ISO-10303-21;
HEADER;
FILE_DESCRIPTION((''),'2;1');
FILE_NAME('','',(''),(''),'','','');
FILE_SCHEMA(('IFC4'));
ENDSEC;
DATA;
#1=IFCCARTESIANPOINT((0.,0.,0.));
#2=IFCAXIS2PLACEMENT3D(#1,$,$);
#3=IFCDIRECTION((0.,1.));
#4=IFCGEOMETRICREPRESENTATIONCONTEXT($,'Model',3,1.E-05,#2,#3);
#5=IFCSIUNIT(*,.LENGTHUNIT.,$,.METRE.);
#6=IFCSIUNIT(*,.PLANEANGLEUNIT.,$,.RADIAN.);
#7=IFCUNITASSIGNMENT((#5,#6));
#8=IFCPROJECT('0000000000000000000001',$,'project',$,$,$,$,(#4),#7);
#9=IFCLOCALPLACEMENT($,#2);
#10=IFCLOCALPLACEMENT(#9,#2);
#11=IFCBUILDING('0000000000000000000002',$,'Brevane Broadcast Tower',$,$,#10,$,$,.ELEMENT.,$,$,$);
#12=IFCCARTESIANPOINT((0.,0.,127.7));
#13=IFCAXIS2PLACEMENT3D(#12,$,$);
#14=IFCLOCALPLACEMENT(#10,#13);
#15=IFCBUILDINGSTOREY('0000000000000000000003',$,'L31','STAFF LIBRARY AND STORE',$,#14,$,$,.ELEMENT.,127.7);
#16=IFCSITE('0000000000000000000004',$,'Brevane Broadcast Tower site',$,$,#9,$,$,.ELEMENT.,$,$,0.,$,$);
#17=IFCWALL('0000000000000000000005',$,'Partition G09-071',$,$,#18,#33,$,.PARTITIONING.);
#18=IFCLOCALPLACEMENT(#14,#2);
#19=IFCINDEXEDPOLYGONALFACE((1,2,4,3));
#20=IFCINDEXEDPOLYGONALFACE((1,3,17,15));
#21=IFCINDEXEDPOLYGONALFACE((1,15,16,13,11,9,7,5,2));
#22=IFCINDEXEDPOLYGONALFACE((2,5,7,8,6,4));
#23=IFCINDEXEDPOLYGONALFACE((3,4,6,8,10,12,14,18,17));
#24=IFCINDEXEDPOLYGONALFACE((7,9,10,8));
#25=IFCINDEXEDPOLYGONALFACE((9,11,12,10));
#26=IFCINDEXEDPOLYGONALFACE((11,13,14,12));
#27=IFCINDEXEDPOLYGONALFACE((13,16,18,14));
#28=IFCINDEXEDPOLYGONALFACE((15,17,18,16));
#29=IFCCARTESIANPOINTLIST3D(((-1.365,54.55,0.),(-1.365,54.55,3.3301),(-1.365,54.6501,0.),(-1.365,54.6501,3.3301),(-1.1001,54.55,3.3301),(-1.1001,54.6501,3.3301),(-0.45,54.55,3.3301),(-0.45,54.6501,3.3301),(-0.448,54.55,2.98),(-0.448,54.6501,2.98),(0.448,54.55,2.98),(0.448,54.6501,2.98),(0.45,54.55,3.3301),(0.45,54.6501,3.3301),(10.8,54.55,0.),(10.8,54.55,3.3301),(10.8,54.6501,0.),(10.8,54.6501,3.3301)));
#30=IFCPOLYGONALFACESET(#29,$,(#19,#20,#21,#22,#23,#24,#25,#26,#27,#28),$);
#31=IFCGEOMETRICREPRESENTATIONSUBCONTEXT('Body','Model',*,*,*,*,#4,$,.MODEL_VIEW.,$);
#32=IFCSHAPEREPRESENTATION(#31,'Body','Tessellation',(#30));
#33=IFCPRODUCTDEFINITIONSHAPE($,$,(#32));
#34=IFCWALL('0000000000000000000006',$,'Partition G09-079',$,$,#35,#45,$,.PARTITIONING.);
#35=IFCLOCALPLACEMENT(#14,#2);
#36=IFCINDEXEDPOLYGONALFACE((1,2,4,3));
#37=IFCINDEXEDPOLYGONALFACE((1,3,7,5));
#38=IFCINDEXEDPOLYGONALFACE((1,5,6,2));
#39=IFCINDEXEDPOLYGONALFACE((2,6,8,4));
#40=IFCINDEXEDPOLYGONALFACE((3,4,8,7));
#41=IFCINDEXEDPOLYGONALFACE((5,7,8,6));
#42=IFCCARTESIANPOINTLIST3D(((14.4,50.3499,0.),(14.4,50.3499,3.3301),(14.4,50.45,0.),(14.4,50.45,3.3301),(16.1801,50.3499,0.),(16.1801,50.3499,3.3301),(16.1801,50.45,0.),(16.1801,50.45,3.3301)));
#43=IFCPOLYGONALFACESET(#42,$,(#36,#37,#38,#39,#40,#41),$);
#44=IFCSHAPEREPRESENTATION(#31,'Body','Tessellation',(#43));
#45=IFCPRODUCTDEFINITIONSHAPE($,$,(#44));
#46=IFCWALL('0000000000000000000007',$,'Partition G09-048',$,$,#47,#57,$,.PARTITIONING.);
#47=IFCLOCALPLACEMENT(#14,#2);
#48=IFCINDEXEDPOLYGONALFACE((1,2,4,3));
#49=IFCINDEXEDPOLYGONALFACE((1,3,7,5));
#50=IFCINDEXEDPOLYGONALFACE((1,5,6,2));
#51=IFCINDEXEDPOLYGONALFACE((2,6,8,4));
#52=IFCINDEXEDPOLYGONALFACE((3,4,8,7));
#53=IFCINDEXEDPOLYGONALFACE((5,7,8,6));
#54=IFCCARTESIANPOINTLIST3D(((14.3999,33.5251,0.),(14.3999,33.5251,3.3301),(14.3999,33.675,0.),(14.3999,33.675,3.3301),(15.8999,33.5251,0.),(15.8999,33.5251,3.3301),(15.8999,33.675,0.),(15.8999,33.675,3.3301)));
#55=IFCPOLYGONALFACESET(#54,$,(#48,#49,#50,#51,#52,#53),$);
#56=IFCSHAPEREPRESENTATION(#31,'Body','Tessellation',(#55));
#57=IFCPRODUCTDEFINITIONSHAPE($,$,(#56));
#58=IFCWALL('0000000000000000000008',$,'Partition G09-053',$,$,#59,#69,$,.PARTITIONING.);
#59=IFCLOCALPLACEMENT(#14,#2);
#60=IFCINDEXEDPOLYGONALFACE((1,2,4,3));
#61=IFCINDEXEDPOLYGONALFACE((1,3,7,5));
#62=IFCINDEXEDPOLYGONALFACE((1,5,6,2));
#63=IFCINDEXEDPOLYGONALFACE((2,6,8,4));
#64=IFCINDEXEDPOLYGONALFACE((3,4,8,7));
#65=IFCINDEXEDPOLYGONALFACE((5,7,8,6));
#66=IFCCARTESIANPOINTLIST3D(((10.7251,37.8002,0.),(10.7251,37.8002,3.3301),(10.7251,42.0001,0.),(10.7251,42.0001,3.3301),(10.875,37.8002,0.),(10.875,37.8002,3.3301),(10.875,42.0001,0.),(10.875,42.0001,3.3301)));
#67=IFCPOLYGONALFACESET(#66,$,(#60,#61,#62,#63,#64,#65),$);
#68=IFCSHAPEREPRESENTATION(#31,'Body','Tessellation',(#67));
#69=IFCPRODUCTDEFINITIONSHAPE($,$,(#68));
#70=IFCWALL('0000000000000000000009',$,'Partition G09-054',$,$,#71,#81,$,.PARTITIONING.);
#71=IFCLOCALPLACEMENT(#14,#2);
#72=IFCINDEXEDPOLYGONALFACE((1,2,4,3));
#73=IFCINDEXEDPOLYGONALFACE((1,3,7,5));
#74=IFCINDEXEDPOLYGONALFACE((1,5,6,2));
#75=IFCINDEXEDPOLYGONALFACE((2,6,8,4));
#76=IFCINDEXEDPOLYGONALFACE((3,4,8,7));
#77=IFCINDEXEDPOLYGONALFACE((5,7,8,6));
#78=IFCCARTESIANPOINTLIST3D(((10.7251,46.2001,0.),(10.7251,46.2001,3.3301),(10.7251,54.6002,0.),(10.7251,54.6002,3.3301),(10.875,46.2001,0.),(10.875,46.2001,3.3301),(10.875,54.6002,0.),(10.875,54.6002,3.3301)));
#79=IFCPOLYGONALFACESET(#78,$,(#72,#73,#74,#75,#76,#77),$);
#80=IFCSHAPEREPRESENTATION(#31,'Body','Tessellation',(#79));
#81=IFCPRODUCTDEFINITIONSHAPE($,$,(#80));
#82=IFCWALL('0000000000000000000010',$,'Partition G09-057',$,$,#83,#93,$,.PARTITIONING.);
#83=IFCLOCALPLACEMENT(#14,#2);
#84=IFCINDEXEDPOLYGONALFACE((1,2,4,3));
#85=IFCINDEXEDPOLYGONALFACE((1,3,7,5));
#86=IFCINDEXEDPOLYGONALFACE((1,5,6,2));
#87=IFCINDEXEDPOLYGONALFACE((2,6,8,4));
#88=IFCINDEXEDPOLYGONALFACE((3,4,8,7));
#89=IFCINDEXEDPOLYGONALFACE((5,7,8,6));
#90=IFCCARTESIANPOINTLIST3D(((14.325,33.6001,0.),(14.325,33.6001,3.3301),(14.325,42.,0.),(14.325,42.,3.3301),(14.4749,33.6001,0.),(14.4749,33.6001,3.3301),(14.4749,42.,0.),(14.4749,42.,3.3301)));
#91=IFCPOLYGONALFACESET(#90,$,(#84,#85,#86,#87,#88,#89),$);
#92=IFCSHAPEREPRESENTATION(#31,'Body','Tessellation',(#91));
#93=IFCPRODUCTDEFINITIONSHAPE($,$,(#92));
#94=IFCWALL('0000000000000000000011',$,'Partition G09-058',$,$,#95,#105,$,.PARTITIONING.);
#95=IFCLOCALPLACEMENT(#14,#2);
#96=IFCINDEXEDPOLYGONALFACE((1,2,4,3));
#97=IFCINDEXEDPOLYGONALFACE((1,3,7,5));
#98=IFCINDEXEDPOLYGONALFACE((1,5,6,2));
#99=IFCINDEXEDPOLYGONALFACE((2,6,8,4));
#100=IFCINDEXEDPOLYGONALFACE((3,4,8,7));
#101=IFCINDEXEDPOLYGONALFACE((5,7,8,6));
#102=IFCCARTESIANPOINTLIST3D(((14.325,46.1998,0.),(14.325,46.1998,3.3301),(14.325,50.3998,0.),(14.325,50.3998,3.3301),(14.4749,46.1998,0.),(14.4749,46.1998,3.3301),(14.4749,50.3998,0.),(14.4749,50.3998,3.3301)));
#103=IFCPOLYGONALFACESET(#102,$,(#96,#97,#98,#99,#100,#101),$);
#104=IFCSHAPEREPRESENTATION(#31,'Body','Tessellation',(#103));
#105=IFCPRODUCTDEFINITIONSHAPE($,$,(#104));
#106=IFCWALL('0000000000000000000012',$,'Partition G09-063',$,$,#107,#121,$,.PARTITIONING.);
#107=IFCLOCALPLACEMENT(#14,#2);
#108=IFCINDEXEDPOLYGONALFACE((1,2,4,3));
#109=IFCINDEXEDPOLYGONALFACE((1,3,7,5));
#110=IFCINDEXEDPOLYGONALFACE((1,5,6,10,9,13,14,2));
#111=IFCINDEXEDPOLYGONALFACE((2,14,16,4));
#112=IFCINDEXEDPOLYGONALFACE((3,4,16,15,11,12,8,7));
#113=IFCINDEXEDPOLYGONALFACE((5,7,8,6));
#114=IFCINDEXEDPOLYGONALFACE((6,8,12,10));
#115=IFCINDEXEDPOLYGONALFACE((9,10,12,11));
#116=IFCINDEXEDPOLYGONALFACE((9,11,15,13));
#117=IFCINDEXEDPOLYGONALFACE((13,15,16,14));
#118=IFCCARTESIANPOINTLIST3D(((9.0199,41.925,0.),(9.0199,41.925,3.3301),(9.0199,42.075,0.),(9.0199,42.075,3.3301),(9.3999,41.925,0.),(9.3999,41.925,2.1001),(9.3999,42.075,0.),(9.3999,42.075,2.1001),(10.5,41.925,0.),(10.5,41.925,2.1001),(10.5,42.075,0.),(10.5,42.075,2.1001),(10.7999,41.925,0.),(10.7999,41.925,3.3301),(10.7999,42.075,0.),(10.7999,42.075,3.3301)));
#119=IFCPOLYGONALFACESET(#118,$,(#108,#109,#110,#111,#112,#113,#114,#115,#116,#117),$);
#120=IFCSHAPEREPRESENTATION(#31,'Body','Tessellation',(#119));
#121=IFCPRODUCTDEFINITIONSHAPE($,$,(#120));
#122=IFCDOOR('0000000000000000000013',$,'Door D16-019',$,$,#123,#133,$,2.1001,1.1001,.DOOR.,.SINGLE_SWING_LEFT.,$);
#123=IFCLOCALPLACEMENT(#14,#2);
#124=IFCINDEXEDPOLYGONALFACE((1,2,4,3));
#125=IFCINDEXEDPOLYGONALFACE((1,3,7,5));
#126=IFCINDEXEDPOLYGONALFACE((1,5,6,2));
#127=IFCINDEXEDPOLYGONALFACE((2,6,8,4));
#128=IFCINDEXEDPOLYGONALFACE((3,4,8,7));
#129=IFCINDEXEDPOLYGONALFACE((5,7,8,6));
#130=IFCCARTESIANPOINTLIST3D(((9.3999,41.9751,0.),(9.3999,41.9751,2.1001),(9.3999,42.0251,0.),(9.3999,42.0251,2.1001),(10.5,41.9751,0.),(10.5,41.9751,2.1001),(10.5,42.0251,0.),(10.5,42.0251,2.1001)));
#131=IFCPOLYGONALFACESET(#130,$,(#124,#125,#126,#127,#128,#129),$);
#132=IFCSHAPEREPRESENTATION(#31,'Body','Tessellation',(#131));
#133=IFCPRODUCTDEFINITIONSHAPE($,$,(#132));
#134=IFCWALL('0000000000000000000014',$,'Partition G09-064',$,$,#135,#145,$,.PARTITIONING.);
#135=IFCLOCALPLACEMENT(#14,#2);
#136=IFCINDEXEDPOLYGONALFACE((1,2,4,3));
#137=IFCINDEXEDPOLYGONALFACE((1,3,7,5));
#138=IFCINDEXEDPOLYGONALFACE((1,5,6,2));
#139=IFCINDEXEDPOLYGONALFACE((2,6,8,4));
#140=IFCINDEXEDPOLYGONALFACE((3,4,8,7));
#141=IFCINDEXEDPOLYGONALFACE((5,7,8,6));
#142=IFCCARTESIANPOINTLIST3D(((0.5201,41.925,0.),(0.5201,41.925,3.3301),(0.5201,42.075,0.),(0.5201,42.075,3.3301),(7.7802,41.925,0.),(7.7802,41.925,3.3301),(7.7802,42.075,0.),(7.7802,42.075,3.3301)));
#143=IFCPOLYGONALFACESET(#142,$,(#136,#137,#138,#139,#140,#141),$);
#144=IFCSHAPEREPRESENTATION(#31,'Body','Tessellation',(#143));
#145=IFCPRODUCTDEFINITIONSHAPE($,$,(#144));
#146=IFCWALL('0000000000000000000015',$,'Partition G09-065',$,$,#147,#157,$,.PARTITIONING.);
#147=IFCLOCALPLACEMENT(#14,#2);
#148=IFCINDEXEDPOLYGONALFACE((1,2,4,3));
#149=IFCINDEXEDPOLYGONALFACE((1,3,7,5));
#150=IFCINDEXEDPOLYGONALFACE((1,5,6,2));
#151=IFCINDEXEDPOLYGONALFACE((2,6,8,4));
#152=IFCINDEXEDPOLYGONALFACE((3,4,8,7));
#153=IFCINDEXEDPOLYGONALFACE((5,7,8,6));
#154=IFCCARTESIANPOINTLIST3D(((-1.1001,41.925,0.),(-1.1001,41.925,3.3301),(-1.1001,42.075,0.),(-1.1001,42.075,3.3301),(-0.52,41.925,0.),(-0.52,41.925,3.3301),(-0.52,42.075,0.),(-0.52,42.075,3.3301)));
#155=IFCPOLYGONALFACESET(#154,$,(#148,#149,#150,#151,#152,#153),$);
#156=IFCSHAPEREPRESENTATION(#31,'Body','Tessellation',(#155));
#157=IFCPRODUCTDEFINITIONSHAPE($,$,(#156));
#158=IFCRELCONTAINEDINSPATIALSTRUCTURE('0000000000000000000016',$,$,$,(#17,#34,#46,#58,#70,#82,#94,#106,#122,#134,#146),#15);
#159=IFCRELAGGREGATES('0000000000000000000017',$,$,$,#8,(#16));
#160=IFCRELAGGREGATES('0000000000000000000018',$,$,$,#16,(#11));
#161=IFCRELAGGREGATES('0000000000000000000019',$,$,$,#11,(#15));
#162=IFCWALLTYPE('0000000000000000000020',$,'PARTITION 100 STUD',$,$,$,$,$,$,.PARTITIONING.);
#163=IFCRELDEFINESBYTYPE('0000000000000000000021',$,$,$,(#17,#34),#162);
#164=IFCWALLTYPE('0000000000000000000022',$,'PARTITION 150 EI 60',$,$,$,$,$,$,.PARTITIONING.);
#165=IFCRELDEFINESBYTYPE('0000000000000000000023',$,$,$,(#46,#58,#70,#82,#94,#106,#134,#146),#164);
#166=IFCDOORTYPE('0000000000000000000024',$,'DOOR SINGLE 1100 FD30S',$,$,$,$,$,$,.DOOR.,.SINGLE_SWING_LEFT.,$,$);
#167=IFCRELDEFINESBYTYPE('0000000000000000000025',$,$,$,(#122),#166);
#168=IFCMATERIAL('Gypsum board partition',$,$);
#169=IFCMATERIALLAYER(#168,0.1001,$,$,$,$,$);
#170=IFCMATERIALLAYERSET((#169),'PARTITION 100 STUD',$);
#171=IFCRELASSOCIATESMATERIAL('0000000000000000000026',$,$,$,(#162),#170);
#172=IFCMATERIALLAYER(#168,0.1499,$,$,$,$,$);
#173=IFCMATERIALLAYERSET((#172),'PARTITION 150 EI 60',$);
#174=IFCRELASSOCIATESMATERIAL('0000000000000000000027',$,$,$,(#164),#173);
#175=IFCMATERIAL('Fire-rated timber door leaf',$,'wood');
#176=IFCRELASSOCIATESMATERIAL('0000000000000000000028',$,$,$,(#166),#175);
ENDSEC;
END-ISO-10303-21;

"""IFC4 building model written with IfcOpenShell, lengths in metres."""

from ifc_helpers import new_model, si_unit, direction, frame, frame_2d, origin, place, context, subcontext, project, spatial, polyline, rectangle, outline, extrude, material, layer, layer_set, type_object, element, fill, save


model = new_model("IFC4")

# Units and contexts
model_context = context("Model", 3, precision=1e-05, world=origin(), true_north=direction((0.0, 1.0)))
body_context = subcontext(model_context, "Body", "Model", "MODEL_VIEW")
ifc_project = project(units=[si_unit("LENGTHUNIT", "METRE"), si_unit("PLANEANGLEUNIT", "RADIAN")], contexts=[model_context])

# Site, building, storey
site_placement = place(None, origin())
site = spatial("IfcSite", under=ifc_project, at=site_placement, Name="Brevane Broadcast Tower site", CompositionType="ELEMENT", RefElevation=0.0)
building_placement = place(site_placement, origin())
building = spatial("IfcBuilding", under=site, at=building_placement, Name="Brevane Broadcast Tower", CompositionType="ELEMENT")
storey_placement = place(building_placement, frame((0.0, 0.0, 127.7)))
storey = spatial("IfcBuildingStorey", under=building, at=storey_placement, Name="L31", Description="STAFF LIBRARY AND STORE", CompositionType="ELEMENT", Elevation=127.7)

# Walls
ifc_material_1 = material(Name="Gypsum board partition")
ifc_layer_1 = layer(ifc_material_1, 0.1001)
ifc_layer_set_1 = layer_set([ifc_layer_1], Name="PARTITION 100 STUD")
wall_type_1 = type_object("IfcWallType", Name="PARTITION 100 STUD", PredefinedType="PARTITIONING", material=ifc_layer_set_1)
for number, where, z_axis, x_axis, name in (
    (1, (-1.365, 54.6001, 0.0), (0.0, 0.0, 1.0), (1.0, 0.0, 0.0), "Partition G09-071"),
):
    element("IfcWall", number, at=place(storey_placement, frame(where, z_axis=z_axis, x_axis=x_axis)), inside=storey, type_object=wall_type_1, Name=name, PredefinedType="PARTITIONING", context=body_context, shape_type="SweptSolid", body=[
        extrude(outline(polyline([(0.0, 0.0), (12.165, 0.0), (12.165, 3.3301), (1.8149, 3.3301), (1.813, 2.98), (0.917, 2.98), (0.915, 3.3301), (0.2649, 3.3301), (0.0, 3.3301), (0.0, 0.0)])), frame((0.0, 0.05, 0.0), z_axis=(0.0, -1.0, 0.0), x_axis=(1.0, 0.0, 0.0)), (0.0, 0.0, 1.0), 0.1001),
    ])
wall_1_placement = place(storey_placement, frame((14.3999, 50.3999, 0.0), z_axis=(0.0, 0.0, 1.0), x_axis=(1.0, 0.0, 0.0)))
element("IfcWall", 2, at=wall_1_placement, inside=storey, type_object=wall_type_1, Name="Partition G09-079", PredefinedType="PARTITIONING", context=body_context, shape_type="SweptSolid", body=[
    extrude(rectangle(XDim=1.78, YDim=0.1001, at=frame_2d((0.8901, 0.0))), origin(), (0.0, 0.0, 1.0), 3.3301),
])
ifc_layer_2 = layer(ifc_material_1, 0.1499)
ifc_layer_set_2 = layer_set([ifc_layer_2], Name="PARTITION 150 EI 60")
wall_type_2 = type_object("IfcWallType", Name="PARTITION 150 EI 60", PredefinedType="PARTITIONING", material=ifc_layer_set_2)
wall_2_placement = place(storey_placement, frame((14.3999, 33.6001, 0.0), z_axis=(0.0, 0.0, 1.0), x_axis=(1.0, 0.0, 0.0)))
element("IfcWall", 3, at=wall_2_placement, inside=storey, type_object=wall_type_2, Name="Partition G09-048", PredefinedType="PARTITIONING", context=body_context, shape_type="SweptSolid", body=[
    extrude(rectangle(XDim=1.5, YDim=0.1499, at=frame_2d((0.75, 0.0))), origin(), (0.0, 0.0, 1.0), 3.3301),
])
wall_3_placement = place(storey_placement, frame((10.8, 37.8, 0.0), z_axis=(0.0, 0.0, 1.0), x_axis=(0.0, 1.0, 0.0)))
element("IfcWall", 4, at=wall_3_placement, inside=storey, type_object=wall_type_2, Name="Partition G09-053", PredefinedType="PARTITIONING", context=body_context, shape_type="SweptSolid", body=[
    extrude(rectangle(XDim=4.2, YDim=0.1499, at=frame_2d((2.1001, 0.0))), origin(), (0.0, 0.0, 1.0), 3.3301),
])
wall_4_placement = place(storey_placement, frame((10.8, 46.2, 0.0), z_axis=(0.0, 0.0, 1.0), x_axis=(0.0, 1.0, 0.0)))
element("IfcWall", 5, at=wall_4_placement, inside=storey, type_object=wall_type_2, Name="Partition G09-054", PredefinedType="PARTITIONING", context=body_context, shape_type="SweptSolid", body=[
    extrude(rectangle(XDim=8.4001, YDim=0.1499, at=frame_2d((4.2002, 0.0))), origin(), (0.0, 0.0, 1.0), 3.3301),
])
wall_5_placement = place(storey_placement, frame((14.3999, 42.0, 0.0), z_axis=(0.0, 0.0, 1.0), x_axis=(0.0, -1.0, 0.0)))
element("IfcWall", 6, at=wall_5_placement, inside=storey, type_object=wall_type_2, Name="Partition G09-057", PredefinedType="PARTITIONING", context=body_context, shape_type="SweptSolid", body=[
    extrude(rectangle(XDim=8.3999, YDim=0.1499, at=frame_2d((4.2, 0.0))), origin(), (0.0, 0.0, 1.0), 3.3301),
])
wall_6_placement = place(storey_placement, frame((14.3999, 50.3999, 0.0), z_axis=(0.0, 0.0, 1.0), x_axis=(0.0, -1.0, 0.0)))
element("IfcWall", 7, at=wall_6_placement, inside=storey, type_object=wall_type_2, Name="Partition G09-058", PredefinedType="PARTITIONING", context=body_context, shape_type="SweptSolid", body=[
    extrude(rectangle(XDim=4.2, YDim=0.1499, at=frame_2d((2.1001, 0.0))), origin(), (0.0, 0.0, 1.0), 3.3301),
])

# Wall, opening, door
wall_7_placement = place(storey_placement, frame((10.8, 42.0, 0.0), z_axis=(0.0, 0.0, 1.0), x_axis=(-1.0, 0.0, 0.0)))
wall_7 = element("IfcWall", 8, at=wall_7_placement, inside=storey, type_object=wall_type_2, Name="Partition G09-063", PredefinedType="PARTITIONING", context=body_context, shape_type="SweptSolid", body=[
    extrude(rectangle(XDim=1.78, YDim=0.1499, at=frame_2d((0.8901, 0.0))), origin(), (0.0, 0.0, 1.0), 3.3301),
])
opening_1_placement = place(wall_7_placement, frame((0.3, 0.0, 0.0)))
opening_1 = element("IfcOpeningElement", 9, at=opening_1_placement, cuts=wall_7, PredefinedType="OPENING", context=body_context, shape_type="SweptSolid", body=[
    extrude(rectangle(XDim=1.1001, YDim=2.1001, at=frame_2d((0.55, 1.05))), frame((0.0, 0.085, 0.0), z_axis=(0.0, -1.0, 0.0), x_axis=(1.0, 0.0, 0.0)), (0.0, 0.0, 1.0), 0.1699),
])
ifc_material_2 = material(Name="Fire-rated timber door leaf", Category="wood")
door_type_1 = type_object("IfcDoorType", Name="DOOR SINGLE 1100 FD30S", OperationType="SINGLE_SWING_LEFT", PredefinedType="DOOR", material=ifc_material_2)
door_1_placement = place(opening_1_placement, origin())
door_1 = element("IfcDoor", 10, at=door_1_placement, inside=storey, type_object=door_type_1, Name="Door D16-019", OperationType="SINGLE_SWING_LEFT", OverallHeight=2.1001, OverallWidth=1.1001, PredefinedType="DOOR", context=body_context, shape_type="SweptSolid", body=[
    extrude(rectangle(XDim=1.1001, YDim=2.1001, at=frame_2d((0.55, 1.05))), frame((0.0, 0.0249, 0.0), z_axis=(0.0, -1.0, 0.0), x_axis=(1.0, 0.0, 0.0)), (0.0, 0.0, 1.0), 0.05),
])
fill(opening_1, door_1)

# Walls
wall_8_placement = place(storey_placement, frame((7.78, 42.0, 0.0), z_axis=(0.0, 0.0, 1.0), x_axis=(-1.0, 0.0, 0.0)))
element("IfcWall", 11, at=wall_8_placement, inside=storey, type_object=wall_type_2, Name="Partition G09-064", PredefinedType="PARTITIONING", context=body_context, shape_type="SweptSolid", body=[
    extrude(rectangle(XDim=7.26, YDim=0.1499, at=frame_2d((3.6299, 0.0))), origin(), (0.0, 0.0, 1.0), 3.3301),
])
wall_9_placement = place(storey_placement, frame((-0.52, 42.0, 0.0), z_axis=(0.0, 0.0, 1.0), x_axis=(-1.0, 0.0, 0.0)))
element("IfcWall", 12, at=wall_9_placement, inside=storey, type_object=wall_type_2, Name="Partition G09-065", PredefinedType="PARTITIONING", context=body_context, shape_type="SweptSolid", body=[
    extrude(rectangle(XDim=0.5801, YDim=0.1499, at=frame_2d((0.29, 0.0))), origin(), (0.0, 0.0, 1.0), 3.3301),
])

save(model, "model.ifc")
